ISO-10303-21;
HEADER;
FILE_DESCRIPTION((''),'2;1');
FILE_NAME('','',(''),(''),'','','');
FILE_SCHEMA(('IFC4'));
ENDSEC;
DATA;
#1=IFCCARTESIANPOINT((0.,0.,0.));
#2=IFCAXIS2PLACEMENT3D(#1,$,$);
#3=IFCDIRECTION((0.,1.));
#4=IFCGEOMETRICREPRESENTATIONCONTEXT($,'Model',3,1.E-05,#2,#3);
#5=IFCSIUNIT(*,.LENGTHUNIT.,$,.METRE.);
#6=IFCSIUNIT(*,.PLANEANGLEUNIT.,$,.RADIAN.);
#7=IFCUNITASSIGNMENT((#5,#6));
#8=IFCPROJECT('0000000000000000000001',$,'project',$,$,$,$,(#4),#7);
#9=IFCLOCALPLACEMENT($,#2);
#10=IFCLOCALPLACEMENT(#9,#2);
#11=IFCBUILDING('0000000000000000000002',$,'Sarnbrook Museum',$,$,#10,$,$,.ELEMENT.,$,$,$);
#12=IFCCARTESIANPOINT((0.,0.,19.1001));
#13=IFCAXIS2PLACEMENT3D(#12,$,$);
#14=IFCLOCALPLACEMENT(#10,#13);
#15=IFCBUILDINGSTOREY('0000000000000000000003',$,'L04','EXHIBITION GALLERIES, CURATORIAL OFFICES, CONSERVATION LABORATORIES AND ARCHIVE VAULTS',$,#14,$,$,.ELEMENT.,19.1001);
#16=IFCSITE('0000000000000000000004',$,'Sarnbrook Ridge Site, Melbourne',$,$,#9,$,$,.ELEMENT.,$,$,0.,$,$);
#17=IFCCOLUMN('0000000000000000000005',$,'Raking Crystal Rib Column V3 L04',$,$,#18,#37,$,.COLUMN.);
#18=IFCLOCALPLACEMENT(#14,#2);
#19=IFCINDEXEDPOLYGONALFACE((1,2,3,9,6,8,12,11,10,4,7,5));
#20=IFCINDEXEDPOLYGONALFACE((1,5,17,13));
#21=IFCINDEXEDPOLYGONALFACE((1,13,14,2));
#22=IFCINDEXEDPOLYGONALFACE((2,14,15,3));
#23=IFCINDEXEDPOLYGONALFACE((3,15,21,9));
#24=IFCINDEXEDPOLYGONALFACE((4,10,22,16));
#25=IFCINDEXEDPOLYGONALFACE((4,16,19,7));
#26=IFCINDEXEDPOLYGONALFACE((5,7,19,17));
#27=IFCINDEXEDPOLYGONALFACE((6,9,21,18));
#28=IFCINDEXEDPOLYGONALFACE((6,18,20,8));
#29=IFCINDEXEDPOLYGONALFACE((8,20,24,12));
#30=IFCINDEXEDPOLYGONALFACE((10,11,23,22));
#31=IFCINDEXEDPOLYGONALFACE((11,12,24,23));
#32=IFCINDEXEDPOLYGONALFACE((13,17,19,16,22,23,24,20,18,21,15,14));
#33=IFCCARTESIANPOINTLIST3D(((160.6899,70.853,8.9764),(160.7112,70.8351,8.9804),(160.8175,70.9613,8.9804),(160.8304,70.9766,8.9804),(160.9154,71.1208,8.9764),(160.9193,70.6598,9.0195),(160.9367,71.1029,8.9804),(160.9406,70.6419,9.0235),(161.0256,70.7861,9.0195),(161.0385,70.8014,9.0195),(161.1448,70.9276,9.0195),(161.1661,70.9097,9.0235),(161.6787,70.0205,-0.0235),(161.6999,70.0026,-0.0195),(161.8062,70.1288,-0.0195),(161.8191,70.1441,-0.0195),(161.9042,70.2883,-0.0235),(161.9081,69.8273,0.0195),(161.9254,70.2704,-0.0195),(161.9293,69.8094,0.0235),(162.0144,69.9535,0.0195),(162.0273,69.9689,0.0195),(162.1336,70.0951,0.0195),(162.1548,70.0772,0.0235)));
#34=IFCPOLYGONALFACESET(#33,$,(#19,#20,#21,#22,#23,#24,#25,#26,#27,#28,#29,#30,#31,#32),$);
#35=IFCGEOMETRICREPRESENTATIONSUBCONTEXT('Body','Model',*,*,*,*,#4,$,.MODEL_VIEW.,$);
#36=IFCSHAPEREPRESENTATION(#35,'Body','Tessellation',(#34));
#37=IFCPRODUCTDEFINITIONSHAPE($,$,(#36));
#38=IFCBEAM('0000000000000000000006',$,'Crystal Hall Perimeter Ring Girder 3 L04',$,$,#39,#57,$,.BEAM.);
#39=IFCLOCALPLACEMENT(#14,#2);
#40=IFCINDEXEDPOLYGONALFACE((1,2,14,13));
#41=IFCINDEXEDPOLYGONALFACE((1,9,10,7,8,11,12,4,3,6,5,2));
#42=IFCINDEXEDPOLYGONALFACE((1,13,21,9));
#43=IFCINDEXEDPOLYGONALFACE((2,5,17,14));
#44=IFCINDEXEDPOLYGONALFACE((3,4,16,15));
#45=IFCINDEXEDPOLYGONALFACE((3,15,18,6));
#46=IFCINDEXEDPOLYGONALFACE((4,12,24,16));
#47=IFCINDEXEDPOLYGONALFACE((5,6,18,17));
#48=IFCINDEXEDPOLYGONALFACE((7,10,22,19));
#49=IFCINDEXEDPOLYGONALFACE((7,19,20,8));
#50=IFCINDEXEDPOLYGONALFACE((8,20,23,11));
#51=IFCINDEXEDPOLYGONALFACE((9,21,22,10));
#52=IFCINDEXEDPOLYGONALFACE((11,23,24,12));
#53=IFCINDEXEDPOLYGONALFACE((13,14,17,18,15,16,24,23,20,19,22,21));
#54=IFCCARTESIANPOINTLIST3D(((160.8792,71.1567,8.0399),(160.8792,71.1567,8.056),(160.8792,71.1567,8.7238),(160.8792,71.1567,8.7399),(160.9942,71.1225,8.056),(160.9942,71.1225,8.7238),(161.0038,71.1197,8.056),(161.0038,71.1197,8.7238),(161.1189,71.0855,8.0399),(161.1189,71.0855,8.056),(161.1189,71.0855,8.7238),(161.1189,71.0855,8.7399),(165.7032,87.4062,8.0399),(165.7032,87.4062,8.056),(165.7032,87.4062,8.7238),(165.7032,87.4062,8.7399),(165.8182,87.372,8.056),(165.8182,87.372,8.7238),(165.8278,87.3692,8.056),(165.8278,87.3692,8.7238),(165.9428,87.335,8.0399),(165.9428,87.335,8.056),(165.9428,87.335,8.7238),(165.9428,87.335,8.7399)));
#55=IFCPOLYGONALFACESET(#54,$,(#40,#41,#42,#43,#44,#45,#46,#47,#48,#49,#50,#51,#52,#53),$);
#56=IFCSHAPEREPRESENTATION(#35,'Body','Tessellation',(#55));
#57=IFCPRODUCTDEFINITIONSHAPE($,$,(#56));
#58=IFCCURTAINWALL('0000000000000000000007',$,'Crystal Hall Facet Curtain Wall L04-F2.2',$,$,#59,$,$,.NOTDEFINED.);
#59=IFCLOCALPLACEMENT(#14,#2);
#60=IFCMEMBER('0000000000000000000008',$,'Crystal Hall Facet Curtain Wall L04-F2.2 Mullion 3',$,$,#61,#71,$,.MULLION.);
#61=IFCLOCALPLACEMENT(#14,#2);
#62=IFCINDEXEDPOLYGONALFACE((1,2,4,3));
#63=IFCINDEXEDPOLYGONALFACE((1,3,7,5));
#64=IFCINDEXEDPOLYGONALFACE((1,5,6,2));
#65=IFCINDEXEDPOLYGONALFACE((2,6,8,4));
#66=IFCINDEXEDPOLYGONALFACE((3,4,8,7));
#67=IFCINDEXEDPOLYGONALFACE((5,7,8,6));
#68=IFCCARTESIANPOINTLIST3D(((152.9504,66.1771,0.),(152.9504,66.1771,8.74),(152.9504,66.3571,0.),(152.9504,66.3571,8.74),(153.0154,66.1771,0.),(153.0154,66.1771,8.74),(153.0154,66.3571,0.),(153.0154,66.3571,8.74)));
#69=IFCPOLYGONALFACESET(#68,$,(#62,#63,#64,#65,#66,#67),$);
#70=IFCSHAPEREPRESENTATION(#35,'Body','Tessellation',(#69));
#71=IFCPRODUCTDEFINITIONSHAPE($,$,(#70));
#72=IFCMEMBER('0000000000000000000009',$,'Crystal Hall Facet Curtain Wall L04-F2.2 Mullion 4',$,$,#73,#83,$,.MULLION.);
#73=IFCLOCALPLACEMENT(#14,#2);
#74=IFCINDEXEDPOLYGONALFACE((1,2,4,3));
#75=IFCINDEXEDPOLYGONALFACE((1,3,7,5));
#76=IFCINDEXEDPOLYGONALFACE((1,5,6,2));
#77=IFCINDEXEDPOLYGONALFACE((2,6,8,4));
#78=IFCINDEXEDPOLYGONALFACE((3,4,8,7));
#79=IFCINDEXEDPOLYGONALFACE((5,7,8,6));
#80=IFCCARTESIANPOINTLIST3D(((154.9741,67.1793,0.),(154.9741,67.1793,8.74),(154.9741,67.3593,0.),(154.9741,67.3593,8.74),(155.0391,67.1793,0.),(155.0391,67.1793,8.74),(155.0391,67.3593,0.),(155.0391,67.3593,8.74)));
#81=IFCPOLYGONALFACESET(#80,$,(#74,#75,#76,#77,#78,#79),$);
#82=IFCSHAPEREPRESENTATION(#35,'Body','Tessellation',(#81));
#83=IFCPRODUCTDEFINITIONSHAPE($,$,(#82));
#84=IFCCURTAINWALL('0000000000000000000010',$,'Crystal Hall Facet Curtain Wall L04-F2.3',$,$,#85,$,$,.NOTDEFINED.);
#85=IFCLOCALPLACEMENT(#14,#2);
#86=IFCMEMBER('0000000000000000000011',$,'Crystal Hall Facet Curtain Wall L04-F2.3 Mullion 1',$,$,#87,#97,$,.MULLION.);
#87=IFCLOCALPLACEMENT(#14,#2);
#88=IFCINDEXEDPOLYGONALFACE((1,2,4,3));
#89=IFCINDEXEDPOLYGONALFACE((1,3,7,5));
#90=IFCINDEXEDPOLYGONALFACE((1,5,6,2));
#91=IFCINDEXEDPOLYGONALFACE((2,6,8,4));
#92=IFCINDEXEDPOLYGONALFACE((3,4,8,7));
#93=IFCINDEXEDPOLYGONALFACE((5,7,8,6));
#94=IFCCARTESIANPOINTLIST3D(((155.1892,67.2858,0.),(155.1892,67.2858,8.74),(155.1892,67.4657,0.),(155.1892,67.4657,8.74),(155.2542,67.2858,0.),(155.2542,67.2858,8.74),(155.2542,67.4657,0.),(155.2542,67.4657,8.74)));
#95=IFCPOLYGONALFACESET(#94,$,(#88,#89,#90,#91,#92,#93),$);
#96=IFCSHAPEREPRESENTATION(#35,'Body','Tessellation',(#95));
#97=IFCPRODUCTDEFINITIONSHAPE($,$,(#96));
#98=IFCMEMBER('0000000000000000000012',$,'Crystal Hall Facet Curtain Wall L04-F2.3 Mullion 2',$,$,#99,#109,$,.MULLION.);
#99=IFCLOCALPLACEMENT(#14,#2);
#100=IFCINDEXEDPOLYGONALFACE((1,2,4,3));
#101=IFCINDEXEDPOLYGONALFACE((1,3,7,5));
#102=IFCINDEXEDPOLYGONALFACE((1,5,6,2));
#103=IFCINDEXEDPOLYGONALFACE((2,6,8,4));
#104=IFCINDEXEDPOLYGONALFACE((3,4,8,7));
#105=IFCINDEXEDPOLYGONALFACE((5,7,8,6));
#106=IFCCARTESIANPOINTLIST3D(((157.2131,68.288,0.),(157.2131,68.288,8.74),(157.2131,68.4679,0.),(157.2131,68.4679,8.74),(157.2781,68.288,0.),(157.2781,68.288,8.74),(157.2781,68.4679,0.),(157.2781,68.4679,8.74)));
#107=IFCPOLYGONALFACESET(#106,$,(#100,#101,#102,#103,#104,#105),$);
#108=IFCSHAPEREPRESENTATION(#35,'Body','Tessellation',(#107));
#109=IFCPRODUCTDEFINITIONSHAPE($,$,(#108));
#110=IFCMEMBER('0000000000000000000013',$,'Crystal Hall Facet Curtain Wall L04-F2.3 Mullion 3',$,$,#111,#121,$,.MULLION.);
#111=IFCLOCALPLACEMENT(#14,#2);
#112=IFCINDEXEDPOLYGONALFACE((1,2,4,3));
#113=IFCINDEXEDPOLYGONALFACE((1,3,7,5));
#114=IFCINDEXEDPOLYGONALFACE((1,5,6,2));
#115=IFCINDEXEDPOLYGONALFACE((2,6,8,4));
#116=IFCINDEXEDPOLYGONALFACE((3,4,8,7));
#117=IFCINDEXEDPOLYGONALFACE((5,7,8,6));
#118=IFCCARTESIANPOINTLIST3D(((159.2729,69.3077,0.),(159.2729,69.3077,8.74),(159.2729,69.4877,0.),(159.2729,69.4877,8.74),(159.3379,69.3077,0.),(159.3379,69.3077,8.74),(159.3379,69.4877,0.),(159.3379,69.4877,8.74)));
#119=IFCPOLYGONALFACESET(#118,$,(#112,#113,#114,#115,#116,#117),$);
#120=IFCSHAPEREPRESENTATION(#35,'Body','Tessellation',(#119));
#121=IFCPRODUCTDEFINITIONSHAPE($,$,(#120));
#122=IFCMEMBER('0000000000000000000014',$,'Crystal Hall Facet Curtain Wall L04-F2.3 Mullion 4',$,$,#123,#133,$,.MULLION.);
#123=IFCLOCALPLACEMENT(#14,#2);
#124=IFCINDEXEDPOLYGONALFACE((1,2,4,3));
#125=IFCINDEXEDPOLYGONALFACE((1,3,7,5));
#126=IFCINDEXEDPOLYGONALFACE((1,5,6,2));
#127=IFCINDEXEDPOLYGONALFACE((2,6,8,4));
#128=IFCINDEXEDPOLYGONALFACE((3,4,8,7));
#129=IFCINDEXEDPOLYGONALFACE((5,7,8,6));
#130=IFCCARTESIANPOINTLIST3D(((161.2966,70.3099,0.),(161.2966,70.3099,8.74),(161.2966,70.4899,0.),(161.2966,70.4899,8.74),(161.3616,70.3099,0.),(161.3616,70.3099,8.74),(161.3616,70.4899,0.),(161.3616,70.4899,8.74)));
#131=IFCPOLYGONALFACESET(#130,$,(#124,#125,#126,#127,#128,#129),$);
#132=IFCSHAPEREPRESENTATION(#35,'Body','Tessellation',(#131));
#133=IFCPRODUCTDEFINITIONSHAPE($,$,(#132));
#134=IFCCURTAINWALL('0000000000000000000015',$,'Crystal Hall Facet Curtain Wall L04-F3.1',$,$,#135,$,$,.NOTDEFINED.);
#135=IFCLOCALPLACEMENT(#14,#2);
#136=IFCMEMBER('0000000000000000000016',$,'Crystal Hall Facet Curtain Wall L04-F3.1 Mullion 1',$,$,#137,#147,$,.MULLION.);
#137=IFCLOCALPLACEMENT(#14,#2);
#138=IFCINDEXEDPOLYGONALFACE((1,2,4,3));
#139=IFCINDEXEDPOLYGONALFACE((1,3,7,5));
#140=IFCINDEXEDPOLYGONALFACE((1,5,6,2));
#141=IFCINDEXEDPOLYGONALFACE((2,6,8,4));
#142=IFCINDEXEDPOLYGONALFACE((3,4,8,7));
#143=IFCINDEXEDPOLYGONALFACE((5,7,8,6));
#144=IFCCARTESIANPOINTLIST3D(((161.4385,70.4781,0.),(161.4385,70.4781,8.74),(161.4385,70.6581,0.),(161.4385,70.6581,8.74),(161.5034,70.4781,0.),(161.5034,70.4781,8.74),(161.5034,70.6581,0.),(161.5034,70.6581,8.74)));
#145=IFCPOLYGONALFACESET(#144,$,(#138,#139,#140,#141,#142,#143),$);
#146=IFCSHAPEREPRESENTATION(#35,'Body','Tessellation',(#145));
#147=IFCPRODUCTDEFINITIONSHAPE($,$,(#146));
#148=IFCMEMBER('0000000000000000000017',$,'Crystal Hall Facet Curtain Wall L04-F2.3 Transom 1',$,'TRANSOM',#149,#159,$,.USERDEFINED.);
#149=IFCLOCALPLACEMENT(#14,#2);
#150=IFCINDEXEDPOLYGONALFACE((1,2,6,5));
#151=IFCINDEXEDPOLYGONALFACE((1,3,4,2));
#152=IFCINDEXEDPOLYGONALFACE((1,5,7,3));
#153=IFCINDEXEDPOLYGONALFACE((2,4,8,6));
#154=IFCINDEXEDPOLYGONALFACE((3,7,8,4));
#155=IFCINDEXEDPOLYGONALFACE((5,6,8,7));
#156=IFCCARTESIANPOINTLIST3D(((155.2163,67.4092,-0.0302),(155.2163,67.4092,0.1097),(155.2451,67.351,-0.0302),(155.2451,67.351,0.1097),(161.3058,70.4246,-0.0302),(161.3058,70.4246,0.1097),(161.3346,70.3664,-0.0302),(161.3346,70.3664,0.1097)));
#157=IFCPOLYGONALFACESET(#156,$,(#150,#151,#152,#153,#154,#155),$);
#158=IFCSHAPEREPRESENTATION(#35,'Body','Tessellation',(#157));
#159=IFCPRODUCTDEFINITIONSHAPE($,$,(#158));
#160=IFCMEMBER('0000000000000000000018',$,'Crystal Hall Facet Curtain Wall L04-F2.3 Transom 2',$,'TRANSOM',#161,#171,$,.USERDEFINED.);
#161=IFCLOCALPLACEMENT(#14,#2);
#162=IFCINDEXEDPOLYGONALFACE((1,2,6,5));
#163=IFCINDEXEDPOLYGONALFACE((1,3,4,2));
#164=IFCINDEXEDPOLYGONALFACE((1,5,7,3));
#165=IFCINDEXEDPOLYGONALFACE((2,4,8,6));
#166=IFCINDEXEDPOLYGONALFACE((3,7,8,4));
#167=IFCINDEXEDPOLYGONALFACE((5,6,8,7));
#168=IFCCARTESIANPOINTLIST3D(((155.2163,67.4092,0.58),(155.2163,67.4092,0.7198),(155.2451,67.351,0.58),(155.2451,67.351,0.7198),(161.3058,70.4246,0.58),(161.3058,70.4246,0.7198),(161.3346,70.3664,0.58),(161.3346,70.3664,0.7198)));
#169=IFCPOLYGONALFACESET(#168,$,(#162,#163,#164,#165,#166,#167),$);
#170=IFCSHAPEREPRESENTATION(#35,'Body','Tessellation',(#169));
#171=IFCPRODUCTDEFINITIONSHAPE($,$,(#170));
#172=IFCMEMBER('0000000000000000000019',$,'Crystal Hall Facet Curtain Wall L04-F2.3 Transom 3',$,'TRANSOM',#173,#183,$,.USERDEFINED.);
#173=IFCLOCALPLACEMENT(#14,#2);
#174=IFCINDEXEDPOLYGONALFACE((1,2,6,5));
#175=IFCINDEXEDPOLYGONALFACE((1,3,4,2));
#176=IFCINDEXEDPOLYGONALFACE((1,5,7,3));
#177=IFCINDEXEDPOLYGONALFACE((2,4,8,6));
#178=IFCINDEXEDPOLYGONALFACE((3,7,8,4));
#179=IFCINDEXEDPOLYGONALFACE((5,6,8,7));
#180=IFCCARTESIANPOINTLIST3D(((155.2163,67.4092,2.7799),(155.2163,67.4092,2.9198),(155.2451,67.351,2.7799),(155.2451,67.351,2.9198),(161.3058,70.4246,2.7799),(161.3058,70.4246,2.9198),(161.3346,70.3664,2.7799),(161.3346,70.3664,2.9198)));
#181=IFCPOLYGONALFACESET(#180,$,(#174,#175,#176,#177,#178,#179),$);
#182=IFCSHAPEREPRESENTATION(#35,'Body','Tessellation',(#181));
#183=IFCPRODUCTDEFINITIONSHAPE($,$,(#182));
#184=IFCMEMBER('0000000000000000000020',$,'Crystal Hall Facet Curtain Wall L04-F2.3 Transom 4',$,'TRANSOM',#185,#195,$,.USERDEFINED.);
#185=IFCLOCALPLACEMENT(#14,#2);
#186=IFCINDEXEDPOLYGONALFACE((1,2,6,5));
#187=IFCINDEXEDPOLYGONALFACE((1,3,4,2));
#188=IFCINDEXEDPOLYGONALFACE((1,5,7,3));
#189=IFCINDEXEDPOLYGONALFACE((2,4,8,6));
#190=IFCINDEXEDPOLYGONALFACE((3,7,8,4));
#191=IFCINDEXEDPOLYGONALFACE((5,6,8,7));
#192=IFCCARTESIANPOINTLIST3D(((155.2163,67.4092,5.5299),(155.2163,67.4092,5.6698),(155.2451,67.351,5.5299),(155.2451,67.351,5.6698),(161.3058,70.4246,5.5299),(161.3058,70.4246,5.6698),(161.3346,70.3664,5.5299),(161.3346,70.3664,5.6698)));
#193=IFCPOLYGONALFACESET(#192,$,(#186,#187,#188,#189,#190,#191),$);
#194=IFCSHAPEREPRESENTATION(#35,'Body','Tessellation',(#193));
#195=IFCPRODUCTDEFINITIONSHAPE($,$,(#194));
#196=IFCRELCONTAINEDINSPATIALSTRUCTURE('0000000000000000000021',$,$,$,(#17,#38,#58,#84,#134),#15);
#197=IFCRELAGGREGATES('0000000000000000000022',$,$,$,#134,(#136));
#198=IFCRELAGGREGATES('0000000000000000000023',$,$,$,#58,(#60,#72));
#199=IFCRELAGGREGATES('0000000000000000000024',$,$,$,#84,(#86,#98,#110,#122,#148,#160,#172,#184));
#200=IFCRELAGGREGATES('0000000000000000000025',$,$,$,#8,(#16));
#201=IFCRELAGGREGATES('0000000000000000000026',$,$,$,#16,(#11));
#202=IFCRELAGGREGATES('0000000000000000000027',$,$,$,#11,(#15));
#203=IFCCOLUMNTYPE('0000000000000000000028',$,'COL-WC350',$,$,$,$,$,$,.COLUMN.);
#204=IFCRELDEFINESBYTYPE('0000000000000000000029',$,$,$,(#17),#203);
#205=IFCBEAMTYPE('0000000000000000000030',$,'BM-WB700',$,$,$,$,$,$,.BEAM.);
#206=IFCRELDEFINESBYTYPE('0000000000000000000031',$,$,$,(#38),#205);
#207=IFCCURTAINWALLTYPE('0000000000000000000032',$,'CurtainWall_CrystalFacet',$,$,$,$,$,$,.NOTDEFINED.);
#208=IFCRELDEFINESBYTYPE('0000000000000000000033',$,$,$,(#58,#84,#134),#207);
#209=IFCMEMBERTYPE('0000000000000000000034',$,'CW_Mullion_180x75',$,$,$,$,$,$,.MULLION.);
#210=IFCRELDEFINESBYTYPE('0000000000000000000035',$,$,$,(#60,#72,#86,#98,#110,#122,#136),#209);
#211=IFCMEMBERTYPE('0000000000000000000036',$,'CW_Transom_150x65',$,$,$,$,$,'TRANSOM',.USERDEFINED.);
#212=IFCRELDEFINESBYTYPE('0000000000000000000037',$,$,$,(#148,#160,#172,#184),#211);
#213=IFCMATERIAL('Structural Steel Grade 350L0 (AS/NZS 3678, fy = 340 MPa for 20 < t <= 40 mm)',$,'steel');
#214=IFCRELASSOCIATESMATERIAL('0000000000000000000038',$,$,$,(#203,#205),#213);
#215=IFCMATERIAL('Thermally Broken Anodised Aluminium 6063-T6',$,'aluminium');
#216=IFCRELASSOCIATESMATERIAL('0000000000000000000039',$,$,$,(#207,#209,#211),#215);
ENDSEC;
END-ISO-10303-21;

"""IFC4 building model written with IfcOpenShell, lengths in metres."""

from ifc_helpers import new_model, si_unit, direction, frame, origin, origin_2d, place, context, subcontext, project, spatial, rectangle, i_section, extrude, material, material_profile, profile_set, type_object, element, aggregate, save


model = new_model("IFC4")

# Units and contexts
model_context = context("Model", 3, precision=1e-05, world=origin(), true_north=direction((0.0, 1.0)))
body_context = subcontext(model_context, "Body", "Model", "MODEL_VIEW")
ifc_project = project(units=[si_unit("LENGTHUNIT", "METRE"), si_unit("PLANEANGLEUNIT", "RADIAN")], contexts=[model_context])

# Site, building, storey
site_placement = place(None, origin())
site = spatial("IfcSite", under=ifc_project, at=site_placement, Name="Sarnbrook Ridge Site, Melbourne", CompositionType="ELEMENT", RefElevation=0.0)
building_placement = place(site_placement, origin())
building = spatial("IfcBuilding", under=site, at=building_placement, Name="Sarnbrook Museum", CompositionType="ELEMENT")
storey_placement = place(building_placement, frame((0.0, 0.0, 19.1001)))
storey = spatial("IfcBuildingStorey", under=building, at=storey_placement, Name="L04", Description="EXHIBITION GALLERIES, CURATORIAL OFFICES, CONSERVATION LABORATORIES AND ARCHIVE VAULTS", CompositionType="ELEMENT", Elevation=19.1001)

# Column
ifc_material_1 = material(Name="Structural Steel Grade 350L0 (AS/NZS 3678, fy = 340 MPa for 20 < t <= 40 mm)", Category="steel")
ifc_material_profile_1 = material_profile(ifc_material_1, i_section(OverallWidth=0.3501, OverallDepth=0.3311, WebThickness=0.02, FlangeThickness=0.0281, at=origin_2d()), Name="350WC197")
ifc_profile_set_1 = profile_set([ifc_material_profile_1], Name="Structural Steel Grade 350L0 (AS/NZS 3678, fy = 340 MPa for 20 < t <= 40 mm)")
column_type = type_object("IfcColumnType", Name="COL-WC350", PredefinedType="COLUMN", material=ifc_profile_set_1)
column_placement = place(storey_placement, frame((161.9167, 70.0488, 0.0), z_axis=(-0.108747, 0.091563, 0.989844), x_axis=(-0.644078, -0.76496, 0.0)))
element("IfcColumn", 1, at=column_placement, inside=storey, type_object=column_type, Name="Raking Crystal Rib Column V3 L04", PredefinedType="COLUMN", context=body_context, shape_type="SweptSolid", body=[
    extrude(i_section(OverallWidth=0.3501, OverallDepth=0.3311, WebThickness=0.02, FlangeThickness=0.0281, at=origin_2d()), origin(), (0.0, 0.0, 1.0), 9.0923),
])

# Beam
ifc_material_profile_2 = material_profile(ifc_material_1, i_section(OverallWidth=0.25, OverallDepth=0.7, WebThickness=0.01, FlangeThickness=0.0161, at=origin_2d()), Name="700WB130")
ifc_profile_set_2 = profile_set([ifc_material_profile_2], Name="Structural Steel Grade 350L0 (AS/NZS 3678, fy = 340 MPa for 20 < t <= 40 mm)")
beam_type = type_object("IfcBeamType", Name="BM-WB700", PredefinedType="BEAM", material=ifc_profile_set_2)
beam_placement = place(storey_placement, frame((160.999, 71.1211, 8.3899), z_axis=(0.284593, 0.958648, 0.0), x_axis=(-0.958648, 0.284593, 0.0)))
element("IfcBeam", 2, at=beam_placement, inside=storey, type_object=beam_type, Name="Crystal Hall Perimeter Ring Girder 3 L04", PredefinedType="BEAM", context=body_context, shape_type="SweptSolid", body=[
    extrude(i_section(OverallWidth=0.25, OverallDepth=0.7, WebThickness=0.01, FlangeThickness=0.0161, at=origin_2d()), origin(), (0.0, 0.0, 1.0), 16.9504),
])

# Curtain walls, members
ifc_material_2 = material(Name="Thermally Broken Anodised Aluminium 6063-T6", Category="aluminium")
curtain_wall_type = type_object("IfcCurtainWallType", Name="CurtainWall_CrystalFacet", PredefinedType="NOTDEFINED", material=ifc_material_2)
curtain_wall_1_placement = place(storey_placement, origin())
curtain_wall_1 = element("IfcCurtainWall", 3, at=curtain_wall_1_placement, inside=storey, type_object=curtain_wall_type, Name="Crystal Hall Facet Curtain Wall L04-F2.2", PredefinedType="NOTDEFINED")
ifc_material_profile_3 = material_profile(ifc_material_2, rectangle(XDim=0.0649, YDim=0.1799, at=origin_2d()), Name="ALU MULLION 65x180")
ifc_profile_set_3 = profile_set([ifc_material_profile_3], Name="Thermally Broken Anodised Aluminium 6063-T6")
member_type_1 = type_object("IfcMemberType", Name="CW_Mullion_180x75", PredefinedType="MULLION", material=ifc_profile_set_3)
member_1_placement = place(storey_placement, frame((152.9829, 66.2671, 0.0), z_axis=(0.0, 0.0, 1.0), x_axis=(1.0, 0.0, 0.0)))
member_1 = element("IfcMember", 4, at=member_1_placement, type_object=member_type_1, Name="Crystal Hall Facet Curtain Wall L04-F2.2 Mullion 3", PredefinedType="MULLION", context=body_context, shape_type="SweptSolid", body=[
    extrude(rectangle(XDim=0.0649, YDim=0.1799, at=origin_2d()), origin(), (0.0, 0.0, 1.0), 8.74),
])
member_2_placement = place(storey_placement, frame((155.0066, 67.2693, 0.0), z_axis=(0.0, 0.0, 1.0), x_axis=(1.0, 0.0, 0.0)))
member_2 = element("IfcMember", 5, at=member_2_placement, type_object=member_type_1, Name="Crystal Hall Facet Curtain Wall L04-F2.2 Mullion 4", PredefinedType="MULLION", context=body_context, shape_type="SweptSolid", body=[
    extrude(rectangle(XDim=0.0649, YDim=0.1799, at=origin_2d()), origin(), (0.0, 0.0, 1.0), 8.74),
])
curtain_wall_2_placement = place(storey_placement, origin())
curtain_wall_2 = element("IfcCurtainWall", 6, at=curtain_wall_2_placement, inside=storey, type_object=curtain_wall_type, Name="Crystal Hall Facet Curtain Wall L04-F2.3", PredefinedType="NOTDEFINED")
member_3_placement = place(storey_placement, frame((155.2217, 67.3757, 0.0), z_axis=(0.0, 0.0, 1.0), x_axis=(1.0, 0.0, 0.0)))
member_3 = element("IfcMember", 7, at=member_3_placement, type_object=member_type_1, Name="Crystal Hall Facet Curtain Wall L04-F2.3 Mullion 1", PredefinedType="MULLION", context=body_context, shape_type="SweptSolid", body=[
    extrude(rectangle(XDim=0.0649, YDim=0.1799, at=origin_2d()), origin(), (0.0, 0.0, 1.0), 8.74),
])
member_4_placement = place(storey_placement, frame((157.2456, 68.3779, 0.0), z_axis=(0.0, 0.0, 1.0), x_axis=(1.0, 0.0, 0.0)))
member_4 = element("IfcMember", 8, at=member_4_placement, type_object=member_type_1, Name="Crystal Hall Facet Curtain Wall L04-F2.3 Mullion 2", PredefinedType="MULLION", context=body_context, shape_type="SweptSolid", body=[
    extrude(rectangle(XDim=0.0649, YDim=0.1799, at=origin_2d()), origin(), (0.0, 0.0, 1.0), 8.74),
])
member_5_placement = place(storey_placement, frame((159.3054, 69.3977, 0.0), z_axis=(0.0, 0.0, 1.0), x_axis=(1.0, 0.0, 0.0)))
member_5 = element("IfcMember", 9, at=member_5_placement, type_object=member_type_1, Name="Crystal Hall Facet Curtain Wall L04-F2.3 Mullion 3", PredefinedType="MULLION", context=body_context, shape_type="SweptSolid", body=[
    extrude(rectangle(XDim=0.0649, YDim=0.1799, at=origin_2d()), origin(), (0.0, 0.0, 1.0), 8.74),
])
member_6_placement = place(storey_placement, frame((161.3291, 70.3999, 0.0), z_axis=(0.0, 0.0, 1.0), x_axis=(1.0, 0.0, 0.0)))
member_6 = element("IfcMember", 10, at=member_6_placement, type_object=member_type_1, Name="Crystal Hall Facet Curtain Wall L04-F2.3 Mullion 4", PredefinedType="MULLION", context=body_context, shape_type="SweptSolid", body=[
    extrude(rectangle(XDim=0.0649, YDim=0.1799, at=origin_2d()), origin(), (0.0, 0.0, 1.0), 8.74),
])

# Curtain wall, member
curtain_wall_3_placement = place(storey_placement, origin())
curtain_wall_3 = element("IfcCurtainWall", 11, at=curtain_wall_3_placement, inside=storey, type_object=curtain_wall_type, Name="Crystal Hall Facet Curtain Wall L04-F3.1", PredefinedType="NOTDEFINED")
member_7_placement = place(storey_placement, frame((161.4709, 70.5681, 0.0), z_axis=(0.0, 0.0, 1.0), x_axis=(1.0, 0.0, 0.0)))
member_7 = element("IfcMember", 12, at=member_7_placement, type_object=member_type_1, Name="Crystal Hall Facet Curtain Wall L04-F3.1 Mullion 1", PredefinedType="MULLION", context=body_context, shape_type="SweptSolid", body=[
    extrude(rectangle(XDim=0.0649, YDim=0.1799, at=origin_2d()), origin(), (0.0, 0.0, 1.0), 8.74),
])

# Members
ifc_material_profile_4 = material_profile(ifc_material_2, rectangle(XDim=0.0649, YDim=0.1399, at=origin_2d()), Name="ALU TRANSOM 65x140")
ifc_profile_set_4 = profile_set([ifc_material_profile_4], Name="Thermally Broken Anodised Aluminium 6063-T6")
member_type_2 = type_object("IfcMemberType", Name="CW_Transom_150x65", ElementType="TRANSOM", PredefinedType="USERDEFINED", material=ifc_profile_set_4)
member_8_placement = place(storey_placement, frame((155.2307, 67.3801, 0.0398), z_axis=(0.896152, 0.443747, 0.0), x_axis=(-0.443747, 0.896152, 0.0)))
member_8 = element("IfcMember", 13, at=member_8_placement, type_object=member_type_2, Name="Crystal Hall Facet Curtain Wall L04-F2.3 Transom 1", ObjectType="TRANSOM", PredefinedType="USERDEFINED", context=body_context, shape_type="SweptSolid", body=[
    extrude(rectangle(XDim=0.0649, YDim=0.1399, at=origin_2d()), origin(), (0.0, 0.0, 1.0), 6.7952),
])
member_9_placement = place(storey_placement, frame((155.2307, 67.3801, 0.6499), z_axis=(0.896152, 0.443747, 0.0), x_axis=(-0.443747, 0.896152, 0.0)))
member_9 = element("IfcMember", 14, at=member_9_placement, type_object=member_type_2, Name="Crystal Hall Facet Curtain Wall L04-F2.3 Transom 2", ObjectType="TRANSOM", PredefinedType="USERDEFINED", context=body_context, shape_type="SweptSolid", body=[
    extrude(rectangle(XDim=0.0649, YDim=0.1399, at=origin_2d()), origin(), (0.0, 0.0, 1.0), 6.7952),
])
member_10_placement = place(storey_placement, frame((155.2307, 67.3801, 2.8499), z_axis=(0.896152, 0.443747, 0.0), x_axis=(-0.443747, 0.896152, 0.0)))
member_10 = element("IfcMember", 15, at=member_10_placement, type_object=member_type_2, Name="Crystal Hall Facet Curtain Wall L04-F2.3 Transom 3", ObjectType="TRANSOM", PredefinedType="USERDEFINED", context=body_context, shape_type="SweptSolid", body=[
    extrude(rectangle(XDim=0.0649, YDim=0.1399, at=origin_2d()), origin(), (0.0, 0.0, 1.0), 6.7952),
])
member_11_placement = place(storey_placement, frame((155.2307, 67.3801, 5.5999), z_axis=(0.896152, 0.443747, 0.0), x_axis=(-0.443747, 0.896152, 0.0)))
member_11 = element("IfcMember", 16, at=member_11_placement, type_object=member_type_2, Name="Crystal Hall Facet Curtain Wall L04-F2.3 Transom 4", ObjectType="TRANSOM", PredefinedType="USERDEFINED", context=body_context, shape_type="SweptSolid", body=[
    extrude(rectangle(XDim=0.0649, YDim=0.1399, at=origin_2d()), origin(), (0.0, 0.0, 1.0), 6.7952),
])
aggregate(curtain_wall_3, [member_7])

aggregate(curtain_wall_1, [member_1, member_2])
aggregate(curtain_wall_2, [member_3, member_4, member_5, member_6, member_8, member_9, member_10, member_11])

save(model, "model.ifc")
